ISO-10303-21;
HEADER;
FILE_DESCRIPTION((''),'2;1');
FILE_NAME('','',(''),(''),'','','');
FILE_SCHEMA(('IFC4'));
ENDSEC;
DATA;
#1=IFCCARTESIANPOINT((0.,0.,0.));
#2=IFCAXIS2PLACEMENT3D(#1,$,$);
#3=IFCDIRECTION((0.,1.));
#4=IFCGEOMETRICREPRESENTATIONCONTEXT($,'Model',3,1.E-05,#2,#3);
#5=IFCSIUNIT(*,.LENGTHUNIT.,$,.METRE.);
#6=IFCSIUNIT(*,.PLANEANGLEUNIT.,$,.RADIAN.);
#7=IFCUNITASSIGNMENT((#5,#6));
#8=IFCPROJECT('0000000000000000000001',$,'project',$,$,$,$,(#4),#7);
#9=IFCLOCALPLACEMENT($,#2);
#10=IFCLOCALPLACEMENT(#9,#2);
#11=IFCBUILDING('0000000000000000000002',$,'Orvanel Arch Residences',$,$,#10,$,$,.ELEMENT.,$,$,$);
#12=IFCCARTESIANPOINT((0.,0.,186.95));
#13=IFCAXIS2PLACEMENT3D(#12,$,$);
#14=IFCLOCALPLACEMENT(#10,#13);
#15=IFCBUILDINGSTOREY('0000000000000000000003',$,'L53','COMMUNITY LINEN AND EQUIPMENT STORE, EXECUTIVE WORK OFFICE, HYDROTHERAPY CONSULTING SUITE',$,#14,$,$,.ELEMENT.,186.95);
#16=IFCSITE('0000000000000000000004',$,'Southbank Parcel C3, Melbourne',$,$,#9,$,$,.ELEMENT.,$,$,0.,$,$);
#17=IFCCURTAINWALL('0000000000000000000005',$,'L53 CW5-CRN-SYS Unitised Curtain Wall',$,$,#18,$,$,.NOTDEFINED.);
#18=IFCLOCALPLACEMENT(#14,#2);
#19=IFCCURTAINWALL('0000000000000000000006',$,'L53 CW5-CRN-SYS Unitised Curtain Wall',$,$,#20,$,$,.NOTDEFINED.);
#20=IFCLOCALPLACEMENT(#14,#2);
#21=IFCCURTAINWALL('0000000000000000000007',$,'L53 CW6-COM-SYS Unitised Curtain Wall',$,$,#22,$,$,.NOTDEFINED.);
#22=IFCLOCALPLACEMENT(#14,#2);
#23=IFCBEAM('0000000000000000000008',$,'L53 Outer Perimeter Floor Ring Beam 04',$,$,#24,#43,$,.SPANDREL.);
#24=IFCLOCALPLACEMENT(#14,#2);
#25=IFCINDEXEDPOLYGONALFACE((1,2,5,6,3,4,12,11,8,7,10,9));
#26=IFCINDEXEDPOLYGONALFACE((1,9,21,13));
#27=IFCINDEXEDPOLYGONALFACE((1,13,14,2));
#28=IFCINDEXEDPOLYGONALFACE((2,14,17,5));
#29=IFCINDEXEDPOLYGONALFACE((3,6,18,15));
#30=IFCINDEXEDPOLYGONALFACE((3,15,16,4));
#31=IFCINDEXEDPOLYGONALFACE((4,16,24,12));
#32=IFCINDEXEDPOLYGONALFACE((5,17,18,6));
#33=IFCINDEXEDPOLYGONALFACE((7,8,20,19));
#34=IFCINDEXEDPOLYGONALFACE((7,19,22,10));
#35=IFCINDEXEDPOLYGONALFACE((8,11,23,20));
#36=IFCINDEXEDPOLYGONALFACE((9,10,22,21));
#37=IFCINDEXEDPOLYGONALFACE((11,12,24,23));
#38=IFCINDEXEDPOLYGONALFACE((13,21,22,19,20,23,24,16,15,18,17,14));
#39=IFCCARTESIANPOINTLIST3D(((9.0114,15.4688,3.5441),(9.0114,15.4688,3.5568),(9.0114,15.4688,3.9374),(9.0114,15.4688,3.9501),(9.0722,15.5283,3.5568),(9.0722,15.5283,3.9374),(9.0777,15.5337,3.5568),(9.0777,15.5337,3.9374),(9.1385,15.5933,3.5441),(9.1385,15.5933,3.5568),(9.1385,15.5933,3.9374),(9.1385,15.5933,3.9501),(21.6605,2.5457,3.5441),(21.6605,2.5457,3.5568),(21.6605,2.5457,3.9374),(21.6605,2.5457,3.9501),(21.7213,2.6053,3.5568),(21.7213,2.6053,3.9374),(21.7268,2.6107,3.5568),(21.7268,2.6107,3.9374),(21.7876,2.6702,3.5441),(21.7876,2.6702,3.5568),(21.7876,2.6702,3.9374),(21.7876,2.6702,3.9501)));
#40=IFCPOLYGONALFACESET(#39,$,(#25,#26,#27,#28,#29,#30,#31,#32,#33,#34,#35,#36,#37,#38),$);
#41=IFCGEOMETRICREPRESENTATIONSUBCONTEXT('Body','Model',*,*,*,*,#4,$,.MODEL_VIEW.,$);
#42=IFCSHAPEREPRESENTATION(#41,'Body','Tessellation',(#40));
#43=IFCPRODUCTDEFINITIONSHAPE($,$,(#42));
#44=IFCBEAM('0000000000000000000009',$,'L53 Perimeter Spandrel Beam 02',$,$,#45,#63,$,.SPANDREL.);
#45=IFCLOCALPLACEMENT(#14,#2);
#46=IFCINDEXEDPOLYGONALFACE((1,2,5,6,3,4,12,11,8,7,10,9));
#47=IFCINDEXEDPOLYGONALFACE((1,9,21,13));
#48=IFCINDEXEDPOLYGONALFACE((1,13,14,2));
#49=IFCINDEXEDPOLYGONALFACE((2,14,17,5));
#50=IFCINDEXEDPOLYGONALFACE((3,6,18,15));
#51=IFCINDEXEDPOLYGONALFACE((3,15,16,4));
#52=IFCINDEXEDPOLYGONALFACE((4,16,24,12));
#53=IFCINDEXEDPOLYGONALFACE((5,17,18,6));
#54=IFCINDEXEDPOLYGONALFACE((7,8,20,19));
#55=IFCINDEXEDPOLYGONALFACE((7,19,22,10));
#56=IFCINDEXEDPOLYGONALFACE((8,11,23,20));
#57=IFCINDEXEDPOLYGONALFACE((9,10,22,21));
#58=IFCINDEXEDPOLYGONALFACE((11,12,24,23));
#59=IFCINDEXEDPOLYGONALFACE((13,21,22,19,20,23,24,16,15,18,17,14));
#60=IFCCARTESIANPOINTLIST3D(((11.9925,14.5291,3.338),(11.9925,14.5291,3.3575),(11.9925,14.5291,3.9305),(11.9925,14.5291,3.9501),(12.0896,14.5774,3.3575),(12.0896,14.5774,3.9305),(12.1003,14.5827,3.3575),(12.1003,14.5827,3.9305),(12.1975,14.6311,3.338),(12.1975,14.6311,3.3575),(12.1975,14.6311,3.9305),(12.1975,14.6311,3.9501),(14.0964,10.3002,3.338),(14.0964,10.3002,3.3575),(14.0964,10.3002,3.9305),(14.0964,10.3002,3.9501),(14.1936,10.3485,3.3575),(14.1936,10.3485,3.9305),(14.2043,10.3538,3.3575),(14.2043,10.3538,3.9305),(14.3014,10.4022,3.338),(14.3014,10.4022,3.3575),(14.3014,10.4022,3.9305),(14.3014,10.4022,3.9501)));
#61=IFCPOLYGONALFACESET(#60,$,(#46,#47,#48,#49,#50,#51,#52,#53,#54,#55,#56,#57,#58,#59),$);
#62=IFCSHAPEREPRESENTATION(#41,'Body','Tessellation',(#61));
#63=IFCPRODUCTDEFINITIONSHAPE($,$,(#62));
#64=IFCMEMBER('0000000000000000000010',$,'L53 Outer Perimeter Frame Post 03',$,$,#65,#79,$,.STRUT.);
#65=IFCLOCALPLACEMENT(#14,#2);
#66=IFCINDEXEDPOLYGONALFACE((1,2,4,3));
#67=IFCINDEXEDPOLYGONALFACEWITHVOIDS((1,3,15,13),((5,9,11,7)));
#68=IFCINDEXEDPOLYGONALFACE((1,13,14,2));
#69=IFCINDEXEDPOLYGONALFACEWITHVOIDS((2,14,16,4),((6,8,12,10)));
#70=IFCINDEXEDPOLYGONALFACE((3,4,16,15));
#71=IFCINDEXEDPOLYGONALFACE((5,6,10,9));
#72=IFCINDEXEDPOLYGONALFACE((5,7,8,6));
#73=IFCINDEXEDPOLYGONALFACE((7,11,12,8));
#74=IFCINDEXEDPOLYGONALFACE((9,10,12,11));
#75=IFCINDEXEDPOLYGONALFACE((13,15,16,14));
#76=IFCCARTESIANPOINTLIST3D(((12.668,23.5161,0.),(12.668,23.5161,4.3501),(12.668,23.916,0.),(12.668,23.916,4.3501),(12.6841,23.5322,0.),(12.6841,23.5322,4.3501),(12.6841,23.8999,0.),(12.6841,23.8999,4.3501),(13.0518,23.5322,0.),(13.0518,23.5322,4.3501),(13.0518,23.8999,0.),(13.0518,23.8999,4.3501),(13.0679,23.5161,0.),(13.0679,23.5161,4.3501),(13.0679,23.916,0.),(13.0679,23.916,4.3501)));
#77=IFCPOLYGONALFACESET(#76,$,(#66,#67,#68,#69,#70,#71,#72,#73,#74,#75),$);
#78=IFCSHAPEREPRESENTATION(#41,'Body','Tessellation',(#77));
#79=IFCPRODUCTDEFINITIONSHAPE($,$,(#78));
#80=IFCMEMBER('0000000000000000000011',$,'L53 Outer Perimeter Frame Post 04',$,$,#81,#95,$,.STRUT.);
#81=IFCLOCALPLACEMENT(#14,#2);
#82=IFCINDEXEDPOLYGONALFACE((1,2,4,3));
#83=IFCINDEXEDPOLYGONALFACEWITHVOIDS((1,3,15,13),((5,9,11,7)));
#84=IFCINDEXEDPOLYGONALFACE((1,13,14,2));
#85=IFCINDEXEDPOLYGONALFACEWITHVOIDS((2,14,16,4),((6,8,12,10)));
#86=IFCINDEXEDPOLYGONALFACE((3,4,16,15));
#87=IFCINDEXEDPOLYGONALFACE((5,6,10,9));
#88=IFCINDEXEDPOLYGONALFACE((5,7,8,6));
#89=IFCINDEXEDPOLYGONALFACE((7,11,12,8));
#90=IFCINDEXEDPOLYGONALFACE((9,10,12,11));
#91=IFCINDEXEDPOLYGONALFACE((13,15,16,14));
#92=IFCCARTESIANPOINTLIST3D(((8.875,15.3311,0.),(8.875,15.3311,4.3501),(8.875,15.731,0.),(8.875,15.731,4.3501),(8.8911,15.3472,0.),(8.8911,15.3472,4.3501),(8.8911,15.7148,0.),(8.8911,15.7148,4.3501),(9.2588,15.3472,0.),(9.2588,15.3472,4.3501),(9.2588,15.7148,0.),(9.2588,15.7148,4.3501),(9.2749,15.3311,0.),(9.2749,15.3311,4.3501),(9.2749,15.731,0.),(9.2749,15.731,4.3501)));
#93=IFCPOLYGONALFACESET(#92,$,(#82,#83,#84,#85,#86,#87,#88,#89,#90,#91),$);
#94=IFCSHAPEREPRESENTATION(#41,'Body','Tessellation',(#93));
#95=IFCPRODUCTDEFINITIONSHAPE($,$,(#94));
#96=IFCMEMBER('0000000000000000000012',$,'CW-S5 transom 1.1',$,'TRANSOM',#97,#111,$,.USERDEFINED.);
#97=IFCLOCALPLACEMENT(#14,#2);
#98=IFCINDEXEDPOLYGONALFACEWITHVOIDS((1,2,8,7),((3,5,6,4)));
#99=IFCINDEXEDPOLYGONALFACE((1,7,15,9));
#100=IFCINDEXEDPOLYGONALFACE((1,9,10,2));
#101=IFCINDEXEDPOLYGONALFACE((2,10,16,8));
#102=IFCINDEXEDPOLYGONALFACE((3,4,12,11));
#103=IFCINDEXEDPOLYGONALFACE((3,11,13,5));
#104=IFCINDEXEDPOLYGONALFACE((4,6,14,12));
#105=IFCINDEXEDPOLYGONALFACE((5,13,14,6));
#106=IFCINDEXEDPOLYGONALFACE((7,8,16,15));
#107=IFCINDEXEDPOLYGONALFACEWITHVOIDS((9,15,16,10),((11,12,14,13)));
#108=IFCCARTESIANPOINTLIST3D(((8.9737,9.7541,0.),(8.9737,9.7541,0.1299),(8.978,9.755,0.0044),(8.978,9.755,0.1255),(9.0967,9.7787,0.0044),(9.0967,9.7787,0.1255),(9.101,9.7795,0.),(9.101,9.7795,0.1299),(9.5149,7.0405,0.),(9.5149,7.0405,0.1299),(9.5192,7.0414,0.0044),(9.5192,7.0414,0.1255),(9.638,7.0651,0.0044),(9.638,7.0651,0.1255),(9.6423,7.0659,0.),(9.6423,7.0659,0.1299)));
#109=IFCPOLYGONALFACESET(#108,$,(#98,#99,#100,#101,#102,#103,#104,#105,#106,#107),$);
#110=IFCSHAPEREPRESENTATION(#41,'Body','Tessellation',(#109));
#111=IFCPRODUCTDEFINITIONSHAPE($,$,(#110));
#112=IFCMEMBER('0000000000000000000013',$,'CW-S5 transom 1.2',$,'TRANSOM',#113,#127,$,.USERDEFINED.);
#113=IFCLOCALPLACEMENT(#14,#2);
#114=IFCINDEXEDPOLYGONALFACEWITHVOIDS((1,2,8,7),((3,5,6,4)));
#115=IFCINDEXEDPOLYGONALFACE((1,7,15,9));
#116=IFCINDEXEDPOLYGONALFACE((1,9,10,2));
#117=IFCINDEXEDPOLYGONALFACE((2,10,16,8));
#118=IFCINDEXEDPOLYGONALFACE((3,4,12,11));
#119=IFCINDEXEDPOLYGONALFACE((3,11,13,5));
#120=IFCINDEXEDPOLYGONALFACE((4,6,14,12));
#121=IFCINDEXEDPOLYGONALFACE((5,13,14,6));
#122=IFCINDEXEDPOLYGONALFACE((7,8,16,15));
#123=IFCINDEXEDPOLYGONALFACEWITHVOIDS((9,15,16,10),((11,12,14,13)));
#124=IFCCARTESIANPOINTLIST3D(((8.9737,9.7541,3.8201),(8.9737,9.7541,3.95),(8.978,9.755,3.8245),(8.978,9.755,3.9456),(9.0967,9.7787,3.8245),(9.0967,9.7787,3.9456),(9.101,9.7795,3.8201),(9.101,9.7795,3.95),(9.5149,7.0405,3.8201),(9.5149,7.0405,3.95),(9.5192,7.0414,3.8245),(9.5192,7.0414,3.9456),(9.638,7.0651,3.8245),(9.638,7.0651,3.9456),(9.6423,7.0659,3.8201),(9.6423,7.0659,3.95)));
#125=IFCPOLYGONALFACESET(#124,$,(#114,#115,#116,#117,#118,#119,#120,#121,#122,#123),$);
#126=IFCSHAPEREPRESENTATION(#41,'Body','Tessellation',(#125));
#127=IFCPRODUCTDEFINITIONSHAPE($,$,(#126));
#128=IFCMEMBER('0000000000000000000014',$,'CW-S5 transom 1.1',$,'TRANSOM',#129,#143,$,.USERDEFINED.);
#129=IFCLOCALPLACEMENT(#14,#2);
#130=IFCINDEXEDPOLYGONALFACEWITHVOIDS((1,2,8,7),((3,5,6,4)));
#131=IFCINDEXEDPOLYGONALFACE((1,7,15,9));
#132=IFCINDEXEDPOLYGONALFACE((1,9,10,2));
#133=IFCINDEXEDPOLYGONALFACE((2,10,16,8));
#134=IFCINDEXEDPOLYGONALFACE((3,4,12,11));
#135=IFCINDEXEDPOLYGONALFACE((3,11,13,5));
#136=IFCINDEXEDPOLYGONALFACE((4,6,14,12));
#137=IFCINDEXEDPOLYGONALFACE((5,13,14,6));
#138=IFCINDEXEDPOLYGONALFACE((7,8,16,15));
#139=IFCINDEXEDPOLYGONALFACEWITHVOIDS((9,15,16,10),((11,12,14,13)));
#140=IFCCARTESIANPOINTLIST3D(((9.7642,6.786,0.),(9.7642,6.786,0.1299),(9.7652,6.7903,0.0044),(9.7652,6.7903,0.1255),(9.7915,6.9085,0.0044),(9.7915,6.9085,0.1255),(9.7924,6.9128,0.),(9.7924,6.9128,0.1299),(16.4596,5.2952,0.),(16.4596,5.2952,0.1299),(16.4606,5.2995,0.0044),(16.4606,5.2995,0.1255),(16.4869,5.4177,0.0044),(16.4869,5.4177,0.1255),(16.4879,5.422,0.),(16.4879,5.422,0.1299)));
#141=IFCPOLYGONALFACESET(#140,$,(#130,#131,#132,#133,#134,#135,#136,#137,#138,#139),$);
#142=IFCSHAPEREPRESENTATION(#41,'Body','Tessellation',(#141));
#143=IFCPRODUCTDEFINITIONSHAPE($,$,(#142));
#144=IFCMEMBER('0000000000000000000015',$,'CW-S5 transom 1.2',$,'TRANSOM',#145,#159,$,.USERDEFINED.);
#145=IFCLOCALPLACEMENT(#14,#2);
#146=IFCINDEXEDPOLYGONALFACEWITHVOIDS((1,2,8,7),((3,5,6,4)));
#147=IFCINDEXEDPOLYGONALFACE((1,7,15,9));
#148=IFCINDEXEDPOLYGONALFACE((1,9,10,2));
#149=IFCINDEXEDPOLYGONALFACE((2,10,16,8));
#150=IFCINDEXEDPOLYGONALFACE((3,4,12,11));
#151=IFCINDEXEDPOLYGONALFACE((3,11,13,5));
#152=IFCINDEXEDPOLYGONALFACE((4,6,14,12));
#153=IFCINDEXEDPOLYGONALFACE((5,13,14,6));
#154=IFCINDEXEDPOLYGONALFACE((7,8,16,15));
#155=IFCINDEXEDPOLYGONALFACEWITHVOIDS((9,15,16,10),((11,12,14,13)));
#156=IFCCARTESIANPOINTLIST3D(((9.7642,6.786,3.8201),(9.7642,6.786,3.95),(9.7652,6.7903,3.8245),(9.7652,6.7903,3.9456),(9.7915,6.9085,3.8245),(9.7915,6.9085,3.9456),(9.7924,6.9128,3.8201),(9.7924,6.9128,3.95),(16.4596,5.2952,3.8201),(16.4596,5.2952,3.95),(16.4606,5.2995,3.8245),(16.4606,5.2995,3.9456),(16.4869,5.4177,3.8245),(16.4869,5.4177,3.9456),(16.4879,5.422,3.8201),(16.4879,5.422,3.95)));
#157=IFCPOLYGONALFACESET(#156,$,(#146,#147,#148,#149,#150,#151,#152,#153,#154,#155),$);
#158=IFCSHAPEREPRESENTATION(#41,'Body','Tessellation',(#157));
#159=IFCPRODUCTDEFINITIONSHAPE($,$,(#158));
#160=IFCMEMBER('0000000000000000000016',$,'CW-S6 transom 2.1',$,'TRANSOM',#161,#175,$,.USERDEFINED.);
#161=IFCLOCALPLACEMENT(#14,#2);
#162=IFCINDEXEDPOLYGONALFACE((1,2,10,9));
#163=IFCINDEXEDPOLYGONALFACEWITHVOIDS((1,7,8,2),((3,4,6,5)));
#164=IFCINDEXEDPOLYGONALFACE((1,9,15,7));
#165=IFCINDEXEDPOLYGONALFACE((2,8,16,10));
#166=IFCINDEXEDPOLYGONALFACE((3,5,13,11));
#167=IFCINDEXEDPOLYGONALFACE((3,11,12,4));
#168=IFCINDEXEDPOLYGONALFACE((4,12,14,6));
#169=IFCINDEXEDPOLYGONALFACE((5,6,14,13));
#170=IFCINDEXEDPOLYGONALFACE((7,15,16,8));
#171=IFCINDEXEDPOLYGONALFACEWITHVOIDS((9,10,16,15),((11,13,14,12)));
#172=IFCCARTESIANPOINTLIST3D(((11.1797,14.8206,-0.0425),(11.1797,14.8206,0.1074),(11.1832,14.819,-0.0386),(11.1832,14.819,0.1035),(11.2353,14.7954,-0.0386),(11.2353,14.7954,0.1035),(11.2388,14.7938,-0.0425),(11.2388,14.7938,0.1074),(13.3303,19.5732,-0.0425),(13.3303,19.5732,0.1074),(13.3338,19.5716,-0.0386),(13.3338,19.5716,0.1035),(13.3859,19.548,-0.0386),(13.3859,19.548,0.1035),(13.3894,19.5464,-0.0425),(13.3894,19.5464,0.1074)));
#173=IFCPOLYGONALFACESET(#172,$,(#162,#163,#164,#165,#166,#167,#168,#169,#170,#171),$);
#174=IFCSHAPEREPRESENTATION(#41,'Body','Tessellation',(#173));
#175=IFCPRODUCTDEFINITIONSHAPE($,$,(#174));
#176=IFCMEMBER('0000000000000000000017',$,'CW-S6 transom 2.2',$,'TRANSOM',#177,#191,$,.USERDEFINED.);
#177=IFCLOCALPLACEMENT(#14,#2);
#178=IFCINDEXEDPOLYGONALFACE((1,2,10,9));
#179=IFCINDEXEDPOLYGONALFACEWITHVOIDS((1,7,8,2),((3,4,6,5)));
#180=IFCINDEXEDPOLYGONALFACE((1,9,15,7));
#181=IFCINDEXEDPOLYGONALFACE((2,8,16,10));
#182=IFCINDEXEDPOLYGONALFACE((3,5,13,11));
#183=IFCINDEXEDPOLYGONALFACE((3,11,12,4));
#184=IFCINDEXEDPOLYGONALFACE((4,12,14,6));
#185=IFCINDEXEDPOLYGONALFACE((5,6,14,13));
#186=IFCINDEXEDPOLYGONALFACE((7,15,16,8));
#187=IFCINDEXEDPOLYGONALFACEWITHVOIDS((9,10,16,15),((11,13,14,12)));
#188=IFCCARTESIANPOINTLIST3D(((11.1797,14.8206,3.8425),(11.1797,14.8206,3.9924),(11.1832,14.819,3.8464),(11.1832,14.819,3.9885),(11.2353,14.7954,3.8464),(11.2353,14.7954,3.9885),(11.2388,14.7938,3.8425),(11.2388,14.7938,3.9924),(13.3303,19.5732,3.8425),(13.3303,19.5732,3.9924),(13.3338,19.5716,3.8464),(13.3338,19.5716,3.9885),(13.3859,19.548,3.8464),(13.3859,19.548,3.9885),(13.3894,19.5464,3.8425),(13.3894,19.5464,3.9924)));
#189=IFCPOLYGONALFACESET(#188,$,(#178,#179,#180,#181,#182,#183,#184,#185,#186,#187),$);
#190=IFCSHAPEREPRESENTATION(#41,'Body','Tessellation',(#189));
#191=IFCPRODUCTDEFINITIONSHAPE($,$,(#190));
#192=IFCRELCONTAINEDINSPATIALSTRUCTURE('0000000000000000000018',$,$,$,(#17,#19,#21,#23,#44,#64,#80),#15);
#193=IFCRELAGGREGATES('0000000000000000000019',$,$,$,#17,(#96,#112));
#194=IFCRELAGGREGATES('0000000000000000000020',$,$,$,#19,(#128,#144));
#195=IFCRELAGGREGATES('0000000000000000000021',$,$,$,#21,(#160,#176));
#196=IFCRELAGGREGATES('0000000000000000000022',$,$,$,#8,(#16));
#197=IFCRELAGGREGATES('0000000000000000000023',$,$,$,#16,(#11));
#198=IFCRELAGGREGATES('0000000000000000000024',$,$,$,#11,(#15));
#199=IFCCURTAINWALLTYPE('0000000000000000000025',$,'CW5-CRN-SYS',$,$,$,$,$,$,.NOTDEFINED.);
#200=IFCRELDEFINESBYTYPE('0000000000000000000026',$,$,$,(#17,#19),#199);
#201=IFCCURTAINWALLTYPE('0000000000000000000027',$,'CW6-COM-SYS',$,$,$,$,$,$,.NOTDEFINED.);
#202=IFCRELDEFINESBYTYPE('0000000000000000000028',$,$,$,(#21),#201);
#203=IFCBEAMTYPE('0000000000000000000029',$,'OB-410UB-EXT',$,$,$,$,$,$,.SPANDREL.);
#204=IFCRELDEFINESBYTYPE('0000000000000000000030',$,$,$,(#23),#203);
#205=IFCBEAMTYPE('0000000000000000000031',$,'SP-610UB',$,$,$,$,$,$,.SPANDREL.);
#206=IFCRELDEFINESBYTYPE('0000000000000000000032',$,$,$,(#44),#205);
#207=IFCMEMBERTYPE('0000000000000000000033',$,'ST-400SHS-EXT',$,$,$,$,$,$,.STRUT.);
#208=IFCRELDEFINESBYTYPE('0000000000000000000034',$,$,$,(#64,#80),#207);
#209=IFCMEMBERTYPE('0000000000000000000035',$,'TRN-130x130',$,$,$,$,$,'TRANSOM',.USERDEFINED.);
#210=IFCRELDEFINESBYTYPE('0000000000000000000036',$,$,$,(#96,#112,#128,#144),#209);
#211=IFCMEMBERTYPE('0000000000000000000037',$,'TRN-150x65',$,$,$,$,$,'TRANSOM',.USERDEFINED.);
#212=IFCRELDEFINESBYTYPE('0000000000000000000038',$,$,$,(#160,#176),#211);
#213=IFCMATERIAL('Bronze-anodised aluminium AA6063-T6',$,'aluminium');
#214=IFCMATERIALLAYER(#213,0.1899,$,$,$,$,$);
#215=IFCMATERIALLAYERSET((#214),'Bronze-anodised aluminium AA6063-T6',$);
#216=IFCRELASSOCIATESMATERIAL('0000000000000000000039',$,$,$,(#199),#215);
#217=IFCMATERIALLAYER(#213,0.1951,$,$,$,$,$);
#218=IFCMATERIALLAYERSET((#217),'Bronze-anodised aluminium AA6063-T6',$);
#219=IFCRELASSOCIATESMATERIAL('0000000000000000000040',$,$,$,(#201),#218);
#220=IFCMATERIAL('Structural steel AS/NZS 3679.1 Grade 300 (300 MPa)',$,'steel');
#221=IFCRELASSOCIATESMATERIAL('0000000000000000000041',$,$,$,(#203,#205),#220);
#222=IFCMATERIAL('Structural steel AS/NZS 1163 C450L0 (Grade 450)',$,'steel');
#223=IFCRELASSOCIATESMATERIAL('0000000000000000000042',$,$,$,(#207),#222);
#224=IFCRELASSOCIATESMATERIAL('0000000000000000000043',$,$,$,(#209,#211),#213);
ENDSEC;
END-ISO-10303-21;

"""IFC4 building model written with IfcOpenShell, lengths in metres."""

from ifc_helpers import new_model, si_unit, direction, frame, origin, origin_2d, place, context, subcontext, project, spatial, hollow_rectangle, i_section, extrude, material, layer, layer_set, material_profile, profile_set, type_object, element, aggregate, save


model = new_model("IFC4")

# Units and contexts
model_context = context("Model", 3, precision=1e-05, world=origin(), true_north=direction((0.0, 1.0)))
body_context = subcontext(model_context, "Body", "Model", "MODEL_VIEW")
ifc_project = project(units=[si_unit("LENGTHUNIT", "METRE"), si_unit("PLANEANGLEUNIT", "RADIAN")], contexts=[model_context])

# Site, building, storey
site_placement = place(None, origin())
site = spatial("IfcSite", under=ifc_project, at=site_placement, Name="Southbank Parcel C3, Melbourne", CompositionType="ELEMENT", RefElevation=0.0)
building_placement = place(site_placement, origin())
building = spatial("IfcBuilding", under=site, at=building_placement, Name="Orvanel Arch Residences", CompositionType="ELEMENT")
storey_placement = place(building_placement, frame((0.0, 0.0, 186.95)))
storey = spatial("IfcBuildingStorey", under=building, at=storey_placement, Name="L53", Description="COMMUNITY LINEN AND EQUIPMENT STORE, EXECUTIVE WORK OFFICE, HYDROTHERAPY CONSULTING SUITE", CompositionType="ELEMENT", Elevation=186.95)

# Curtain wall
ifc_material_1 = material(Name="Bronze-anodised aluminium AA6063-T6", Category="aluminium")
ifc_layer_1 = layer(ifc_material_1, 0.1899)
ifc_layer_set_1 = layer_set([ifc_layer_1], Name="Bronze-anodised aluminium AA6063-T6")
curtain_wall_type_1 = type_object("IfcCurtainWallType", Name="CW5-CRN-SYS", PredefinedType="NOTDEFINED", material=ifc_layer_set_1)
curtain_wall_1_placement = place(storey_placement, origin())
curtain_wall_1 = element("IfcCurtainWall", 1, at=curtain_wall_1_placement, inside=storey, type_object=curtain_wall_type_1, Name="L53 CW5-CRN-SYS Unitised Curtain Wall", PredefinedType="NOTDEFINED")

# Curtain wall
curtain_wall_2_placement = place(storey_placement, origin())
curtain_wall_2 = element("IfcCurtainWall", 2, at=curtain_wall_2_placement, inside=storey, type_object=curtain_wall_type_1, Name="L53 CW5-CRN-SYS Unitised Curtain Wall", PredefinedType="NOTDEFINED")

# Curtain wall
ifc_layer_2 = layer(ifc_material_1, 0.1951)
ifc_layer_set_2 = layer_set([ifc_layer_2], Name="Bronze-anodised aluminium AA6063-T6")
curtain_wall_type_2 = type_object("IfcCurtainWallType", Name="CW6-COM-SYS", PredefinedType="NOTDEFINED", material=ifc_layer_set_2)
curtain_wall_3_placement = place(storey_placement, origin())
curtain_wall_3 = element("IfcCurtainWall", 3, at=curtain_wall_3_placement, inside=storey, type_object=curtain_wall_type_2, Name="L53 CW6-COM-SYS Unitised Curtain Wall", PredefinedType="NOTDEFINED")

# Beams
ifc_material_2 = material(Name="Structural steel AS/NZS 3679.1 Grade 300 (300 MPa)", Category="steel")
ifc_material_profile_1 = material_profile(ifc_material_2, i_section(OverallWidth=0.178, OverallDepth=0.406, WebThickness=0.0078, FlangeThickness=0.0127, at=origin_2d()), Name="410UB59.7")
ifc_profile_set_1 = profile_set([ifc_material_profile_1], Name="Structural steel AS/NZS 3679.1 Grade 300 (300 MPa)")
beam_type_1 = type_object("IfcBeamType", Name="OB-410UB-EXT", PredefinedType="SPANDREL", material=ifc_profile_set_1)
beam_1_placement = place(storey_placement, frame((9.075, 15.531, 3.7471), z_axis=(0.699492, -0.71464, 0.0), x_axis=(0.71464, 0.699492, 0.0)))
element("IfcBeam", 4, at=beam_1_placement, inside=storey, type_object=beam_type_1, Name="L53 Outer Perimeter Floor Ring Beam 04", PredefinedType="SPANDREL", context=body_context, shape_type="SweptSolid", body=[
    extrude(i_section(OverallWidth=0.178, OverallDepth=0.406, WebThickness=0.0078, FlangeThickness=0.0127, at=origin_2d()), origin(), (0.0, 0.0, 1.0), 18.0833),
])
ifc_material_profile_2 = material_profile(ifc_material_2, i_section(OverallWidth=0.229, OverallDepth=0.6121, WebThickness=0.012, FlangeThickness=0.0195, at=origin_2d()), Name="610UB125")
ifc_profile_set_2 = profile_set([ifc_material_profile_2], Name="Structural steel AS/NZS 3679.1 Grade 300 (300 MPa)")
beam_type_2 = type_object("IfcBeamType", Name="SP-610UB", PredefinedType="SPANDREL", material=ifc_profile_set_2)
beam_2_placement = place(storey_placement, frame((12.095, 14.5801, 3.644), z_axis=(0.445435, -0.895314, 0.0), x_axis=(0.895314, 0.445435, 0.0)))
element("IfcBeam", 5, at=beam_2_placement, inside=storey, type_object=beam_type_2, Name="L53 Perimeter Spandrel Beam 02", PredefinedType="SPANDREL", context=body_context, shape_type="SweptSolid", body=[
    extrude(i_section(OverallWidth=0.229, OverallDepth=0.6121, WebThickness=0.012, FlangeThickness=0.0195, at=origin_2d()), origin(), (0.0, 0.0, 1.0), 4.7234),
])

# Members
ifc_material_3 = material(Name="Structural steel AS/NZS 1163 C450L0 (Grade 450)", Category="steel")
ifc_material_profile_3 = material_profile(ifc_material_3, hollow_rectangle(XDim=0.3999, YDim=0.3999, WallThickness=0.0161, at=origin_2d()), Name="SHS400x400x16")
ifc_profile_set_3 = profile_set([ifc_material_profile_3], Name="Structural steel AS/NZS 1163 C450L0 (Grade 450)")
member_type_1 = type_object("IfcMemberType", Name="ST-400SHS-EXT", PredefinedType="STRUT", material=ifc_profile_set_3)
for number, where, z_axis, x_axis, name in (
    (6, (12.8679, 23.7161, 0.0), (0.0, 0.0, 1.0), (1.0, 0.0, 0.0), "L53 Outer Perimeter Frame Post 03"),
    (7, (9.075, 15.531, 0.0), (0.0, 0.0, 1.0), (1.0, 0.0, 0.0), "L53 Outer Perimeter Frame Post 04"),
):
    element("IfcMember", number, at=place(storey_placement, frame(where, z_axis=z_axis, x_axis=x_axis)), inside=storey, type_object=member_type_1, Name=name, PredefinedType="STRUT", context=body_context, shape_type="SweptSolid", body=[
        extrude(hollow_rectangle(XDim=0.3999, YDim=0.3999, WallThickness=0.0161, at=origin_2d()), origin(), (0.0, 0.0, 1.0), 4.3501),
    ])

# Members
ifc_material_profile_4 = material_profile(ifc_material_1, hollow_rectangle(XDim=0.1299, YDim=0.1299, WallThickness=0.0044, at=origin_2d()), Name="ALU130x130x4.5")
ifc_profile_set_4 = profile_set([ifc_material_profile_4], Name="Bronze-anodised aluminium AA6063-T6")
member_type_2 = type_object("IfcMemberType", Name="TRN-130x130", ElementType="TRANSOM", PredefinedType="USERDEFINED", material=ifc_profile_set_4)
member_1_placement = place(storey_placement, frame((9.0374, 9.7668, 0.0649), z_axis=(0.195607, -0.980682, 0.0), x_axis=(0.980682, 0.195607, 0.0)))
member_1 = element("IfcMember", 8, at=member_1_placement, type_object=member_type_2, Name="CW-S5 transom 1.1", ObjectType="TRANSOM", PredefinedType="USERDEFINED", context=body_context, shape_type="SweptSolid", body=[
    extrude(hollow_rectangle(XDim=0.1299, YDim=0.1299, WallThickness=0.0044, at=origin_2d()), origin(), (0.0, 0.0, 1.0), 2.7671),
])
member_2_placement = place(storey_placement, frame((9.0374, 9.7668, 3.885), z_axis=(0.195607, -0.980682, 0.0), x_axis=(0.980682, 0.195607, 0.0)))
member_2 = element("IfcMember", 9, at=member_2_placement, type_object=member_type_2, Name="CW-S5 transom 1.2", ObjectType="TRANSOM", PredefinedType="USERDEFINED", context=body_context, shape_type="SweptSolid", body=[
    extrude(hollow_rectangle(XDim=0.1299, YDim=0.1299, WallThickness=0.0044, at=origin_2d()), origin(), (0.0, 0.0, 1.0), 2.7671),
])
member_3_placement = place(storey_placement, frame((9.7783, 6.8494, 0.0649), z_axis=(0.976098, -0.21733, 0.0), x_axis=(0.21733, 0.976098, 0.0)))
member_3 = element("IfcMember", 10, at=member_3_placement, type_object=member_type_2, Name="CW-S5 transom 1.1", ObjectType="TRANSOM", PredefinedType="USERDEFINED", context=body_context, shape_type="SweptSolid", body=[
    extrude(hollow_rectangle(XDim=0.1299, YDim=0.1299, WallThickness=0.0044, at=origin_2d()), origin(), (0.0, 0.0, 1.0), 6.8594),
])
member_4_placement = place(storey_placement, frame((9.7783, 6.8494, 3.885), z_axis=(0.976098, -0.21733, 0.0), x_axis=(0.21733, 0.976098, 0.0)))
member_4 = element("IfcMember", 11, at=member_4_placement, type_object=member_type_2, Name="CW-S5 transom 1.2", ObjectType="TRANSOM", PredefinedType="USERDEFINED", context=body_context, shape_type="SweptSolid", body=[
    extrude(hollow_rectangle(XDim=0.1299, YDim=0.1299, WallThickness=0.0044, at=origin_2d()), origin(), (0.0, 0.0, 1.0), 6.8594),
])
ifc_material_profile_5 = material_profile(ifc_material_1, hollow_rectangle(XDim=0.0649, YDim=0.1499, WallThickness=0.0039, at=origin_2d()), Name="ALU150x65x4")
ifc_profile_set_5 = profile_set([ifc_material_profile_5], Name="Bronze-anodised aluminium AA6063-T6")
member_type_3 = type_object("IfcMemberType", Name="TRN-150x65", ElementType="TRANSOM", PredefinedType="USERDEFINED", material=ifc_profile_set_5)
member_5_placement = place(storey_placement, frame((13.3599, 19.5598, 0.0325), z_axis=(-0.412265, -0.911064, 0.0), x_axis=(0.911064, -0.412265, 0.0)))
member_5 = element("IfcMember", 12, at=member_5_placement, type_object=member_type_3, Name="CW-S6 transom 2.1", ObjectType="TRANSOM", PredefinedType="USERDEFINED", context=body_context, shape_type="SweptSolid", body=[
    extrude(hollow_rectangle(XDim=0.0649, YDim=0.1499, WallThickness=0.0039, at=origin_2d()), origin(), (0.0, 0.0, 1.0), 5.2166),
])
member_6_placement = place(storey_placement, frame((13.3599, 19.5598, 3.9175), z_axis=(-0.412265, -0.911064, 0.0), x_axis=(0.911064, -0.412265, 0.0)))
member_6 = element("IfcMember", 13, at=member_6_placement, type_object=member_type_3, Name="CW-S6 transom 2.2", ObjectType="TRANSOM", PredefinedType="USERDEFINED", context=body_context, shape_type="SweptSolid", body=[
    extrude(hollow_rectangle(XDim=0.0649, YDim=0.1499, WallThickness=0.0039, at=origin_2d()), origin(), (0.0, 0.0, 1.0), 5.2166),
])

aggregate(curtain_wall_1, [member_1, member_2])
aggregate(curtain_wall_2, [member_3, member_4])
aggregate(curtain_wall_3, [member_5, member_6])

save(model, "model.ifc")
